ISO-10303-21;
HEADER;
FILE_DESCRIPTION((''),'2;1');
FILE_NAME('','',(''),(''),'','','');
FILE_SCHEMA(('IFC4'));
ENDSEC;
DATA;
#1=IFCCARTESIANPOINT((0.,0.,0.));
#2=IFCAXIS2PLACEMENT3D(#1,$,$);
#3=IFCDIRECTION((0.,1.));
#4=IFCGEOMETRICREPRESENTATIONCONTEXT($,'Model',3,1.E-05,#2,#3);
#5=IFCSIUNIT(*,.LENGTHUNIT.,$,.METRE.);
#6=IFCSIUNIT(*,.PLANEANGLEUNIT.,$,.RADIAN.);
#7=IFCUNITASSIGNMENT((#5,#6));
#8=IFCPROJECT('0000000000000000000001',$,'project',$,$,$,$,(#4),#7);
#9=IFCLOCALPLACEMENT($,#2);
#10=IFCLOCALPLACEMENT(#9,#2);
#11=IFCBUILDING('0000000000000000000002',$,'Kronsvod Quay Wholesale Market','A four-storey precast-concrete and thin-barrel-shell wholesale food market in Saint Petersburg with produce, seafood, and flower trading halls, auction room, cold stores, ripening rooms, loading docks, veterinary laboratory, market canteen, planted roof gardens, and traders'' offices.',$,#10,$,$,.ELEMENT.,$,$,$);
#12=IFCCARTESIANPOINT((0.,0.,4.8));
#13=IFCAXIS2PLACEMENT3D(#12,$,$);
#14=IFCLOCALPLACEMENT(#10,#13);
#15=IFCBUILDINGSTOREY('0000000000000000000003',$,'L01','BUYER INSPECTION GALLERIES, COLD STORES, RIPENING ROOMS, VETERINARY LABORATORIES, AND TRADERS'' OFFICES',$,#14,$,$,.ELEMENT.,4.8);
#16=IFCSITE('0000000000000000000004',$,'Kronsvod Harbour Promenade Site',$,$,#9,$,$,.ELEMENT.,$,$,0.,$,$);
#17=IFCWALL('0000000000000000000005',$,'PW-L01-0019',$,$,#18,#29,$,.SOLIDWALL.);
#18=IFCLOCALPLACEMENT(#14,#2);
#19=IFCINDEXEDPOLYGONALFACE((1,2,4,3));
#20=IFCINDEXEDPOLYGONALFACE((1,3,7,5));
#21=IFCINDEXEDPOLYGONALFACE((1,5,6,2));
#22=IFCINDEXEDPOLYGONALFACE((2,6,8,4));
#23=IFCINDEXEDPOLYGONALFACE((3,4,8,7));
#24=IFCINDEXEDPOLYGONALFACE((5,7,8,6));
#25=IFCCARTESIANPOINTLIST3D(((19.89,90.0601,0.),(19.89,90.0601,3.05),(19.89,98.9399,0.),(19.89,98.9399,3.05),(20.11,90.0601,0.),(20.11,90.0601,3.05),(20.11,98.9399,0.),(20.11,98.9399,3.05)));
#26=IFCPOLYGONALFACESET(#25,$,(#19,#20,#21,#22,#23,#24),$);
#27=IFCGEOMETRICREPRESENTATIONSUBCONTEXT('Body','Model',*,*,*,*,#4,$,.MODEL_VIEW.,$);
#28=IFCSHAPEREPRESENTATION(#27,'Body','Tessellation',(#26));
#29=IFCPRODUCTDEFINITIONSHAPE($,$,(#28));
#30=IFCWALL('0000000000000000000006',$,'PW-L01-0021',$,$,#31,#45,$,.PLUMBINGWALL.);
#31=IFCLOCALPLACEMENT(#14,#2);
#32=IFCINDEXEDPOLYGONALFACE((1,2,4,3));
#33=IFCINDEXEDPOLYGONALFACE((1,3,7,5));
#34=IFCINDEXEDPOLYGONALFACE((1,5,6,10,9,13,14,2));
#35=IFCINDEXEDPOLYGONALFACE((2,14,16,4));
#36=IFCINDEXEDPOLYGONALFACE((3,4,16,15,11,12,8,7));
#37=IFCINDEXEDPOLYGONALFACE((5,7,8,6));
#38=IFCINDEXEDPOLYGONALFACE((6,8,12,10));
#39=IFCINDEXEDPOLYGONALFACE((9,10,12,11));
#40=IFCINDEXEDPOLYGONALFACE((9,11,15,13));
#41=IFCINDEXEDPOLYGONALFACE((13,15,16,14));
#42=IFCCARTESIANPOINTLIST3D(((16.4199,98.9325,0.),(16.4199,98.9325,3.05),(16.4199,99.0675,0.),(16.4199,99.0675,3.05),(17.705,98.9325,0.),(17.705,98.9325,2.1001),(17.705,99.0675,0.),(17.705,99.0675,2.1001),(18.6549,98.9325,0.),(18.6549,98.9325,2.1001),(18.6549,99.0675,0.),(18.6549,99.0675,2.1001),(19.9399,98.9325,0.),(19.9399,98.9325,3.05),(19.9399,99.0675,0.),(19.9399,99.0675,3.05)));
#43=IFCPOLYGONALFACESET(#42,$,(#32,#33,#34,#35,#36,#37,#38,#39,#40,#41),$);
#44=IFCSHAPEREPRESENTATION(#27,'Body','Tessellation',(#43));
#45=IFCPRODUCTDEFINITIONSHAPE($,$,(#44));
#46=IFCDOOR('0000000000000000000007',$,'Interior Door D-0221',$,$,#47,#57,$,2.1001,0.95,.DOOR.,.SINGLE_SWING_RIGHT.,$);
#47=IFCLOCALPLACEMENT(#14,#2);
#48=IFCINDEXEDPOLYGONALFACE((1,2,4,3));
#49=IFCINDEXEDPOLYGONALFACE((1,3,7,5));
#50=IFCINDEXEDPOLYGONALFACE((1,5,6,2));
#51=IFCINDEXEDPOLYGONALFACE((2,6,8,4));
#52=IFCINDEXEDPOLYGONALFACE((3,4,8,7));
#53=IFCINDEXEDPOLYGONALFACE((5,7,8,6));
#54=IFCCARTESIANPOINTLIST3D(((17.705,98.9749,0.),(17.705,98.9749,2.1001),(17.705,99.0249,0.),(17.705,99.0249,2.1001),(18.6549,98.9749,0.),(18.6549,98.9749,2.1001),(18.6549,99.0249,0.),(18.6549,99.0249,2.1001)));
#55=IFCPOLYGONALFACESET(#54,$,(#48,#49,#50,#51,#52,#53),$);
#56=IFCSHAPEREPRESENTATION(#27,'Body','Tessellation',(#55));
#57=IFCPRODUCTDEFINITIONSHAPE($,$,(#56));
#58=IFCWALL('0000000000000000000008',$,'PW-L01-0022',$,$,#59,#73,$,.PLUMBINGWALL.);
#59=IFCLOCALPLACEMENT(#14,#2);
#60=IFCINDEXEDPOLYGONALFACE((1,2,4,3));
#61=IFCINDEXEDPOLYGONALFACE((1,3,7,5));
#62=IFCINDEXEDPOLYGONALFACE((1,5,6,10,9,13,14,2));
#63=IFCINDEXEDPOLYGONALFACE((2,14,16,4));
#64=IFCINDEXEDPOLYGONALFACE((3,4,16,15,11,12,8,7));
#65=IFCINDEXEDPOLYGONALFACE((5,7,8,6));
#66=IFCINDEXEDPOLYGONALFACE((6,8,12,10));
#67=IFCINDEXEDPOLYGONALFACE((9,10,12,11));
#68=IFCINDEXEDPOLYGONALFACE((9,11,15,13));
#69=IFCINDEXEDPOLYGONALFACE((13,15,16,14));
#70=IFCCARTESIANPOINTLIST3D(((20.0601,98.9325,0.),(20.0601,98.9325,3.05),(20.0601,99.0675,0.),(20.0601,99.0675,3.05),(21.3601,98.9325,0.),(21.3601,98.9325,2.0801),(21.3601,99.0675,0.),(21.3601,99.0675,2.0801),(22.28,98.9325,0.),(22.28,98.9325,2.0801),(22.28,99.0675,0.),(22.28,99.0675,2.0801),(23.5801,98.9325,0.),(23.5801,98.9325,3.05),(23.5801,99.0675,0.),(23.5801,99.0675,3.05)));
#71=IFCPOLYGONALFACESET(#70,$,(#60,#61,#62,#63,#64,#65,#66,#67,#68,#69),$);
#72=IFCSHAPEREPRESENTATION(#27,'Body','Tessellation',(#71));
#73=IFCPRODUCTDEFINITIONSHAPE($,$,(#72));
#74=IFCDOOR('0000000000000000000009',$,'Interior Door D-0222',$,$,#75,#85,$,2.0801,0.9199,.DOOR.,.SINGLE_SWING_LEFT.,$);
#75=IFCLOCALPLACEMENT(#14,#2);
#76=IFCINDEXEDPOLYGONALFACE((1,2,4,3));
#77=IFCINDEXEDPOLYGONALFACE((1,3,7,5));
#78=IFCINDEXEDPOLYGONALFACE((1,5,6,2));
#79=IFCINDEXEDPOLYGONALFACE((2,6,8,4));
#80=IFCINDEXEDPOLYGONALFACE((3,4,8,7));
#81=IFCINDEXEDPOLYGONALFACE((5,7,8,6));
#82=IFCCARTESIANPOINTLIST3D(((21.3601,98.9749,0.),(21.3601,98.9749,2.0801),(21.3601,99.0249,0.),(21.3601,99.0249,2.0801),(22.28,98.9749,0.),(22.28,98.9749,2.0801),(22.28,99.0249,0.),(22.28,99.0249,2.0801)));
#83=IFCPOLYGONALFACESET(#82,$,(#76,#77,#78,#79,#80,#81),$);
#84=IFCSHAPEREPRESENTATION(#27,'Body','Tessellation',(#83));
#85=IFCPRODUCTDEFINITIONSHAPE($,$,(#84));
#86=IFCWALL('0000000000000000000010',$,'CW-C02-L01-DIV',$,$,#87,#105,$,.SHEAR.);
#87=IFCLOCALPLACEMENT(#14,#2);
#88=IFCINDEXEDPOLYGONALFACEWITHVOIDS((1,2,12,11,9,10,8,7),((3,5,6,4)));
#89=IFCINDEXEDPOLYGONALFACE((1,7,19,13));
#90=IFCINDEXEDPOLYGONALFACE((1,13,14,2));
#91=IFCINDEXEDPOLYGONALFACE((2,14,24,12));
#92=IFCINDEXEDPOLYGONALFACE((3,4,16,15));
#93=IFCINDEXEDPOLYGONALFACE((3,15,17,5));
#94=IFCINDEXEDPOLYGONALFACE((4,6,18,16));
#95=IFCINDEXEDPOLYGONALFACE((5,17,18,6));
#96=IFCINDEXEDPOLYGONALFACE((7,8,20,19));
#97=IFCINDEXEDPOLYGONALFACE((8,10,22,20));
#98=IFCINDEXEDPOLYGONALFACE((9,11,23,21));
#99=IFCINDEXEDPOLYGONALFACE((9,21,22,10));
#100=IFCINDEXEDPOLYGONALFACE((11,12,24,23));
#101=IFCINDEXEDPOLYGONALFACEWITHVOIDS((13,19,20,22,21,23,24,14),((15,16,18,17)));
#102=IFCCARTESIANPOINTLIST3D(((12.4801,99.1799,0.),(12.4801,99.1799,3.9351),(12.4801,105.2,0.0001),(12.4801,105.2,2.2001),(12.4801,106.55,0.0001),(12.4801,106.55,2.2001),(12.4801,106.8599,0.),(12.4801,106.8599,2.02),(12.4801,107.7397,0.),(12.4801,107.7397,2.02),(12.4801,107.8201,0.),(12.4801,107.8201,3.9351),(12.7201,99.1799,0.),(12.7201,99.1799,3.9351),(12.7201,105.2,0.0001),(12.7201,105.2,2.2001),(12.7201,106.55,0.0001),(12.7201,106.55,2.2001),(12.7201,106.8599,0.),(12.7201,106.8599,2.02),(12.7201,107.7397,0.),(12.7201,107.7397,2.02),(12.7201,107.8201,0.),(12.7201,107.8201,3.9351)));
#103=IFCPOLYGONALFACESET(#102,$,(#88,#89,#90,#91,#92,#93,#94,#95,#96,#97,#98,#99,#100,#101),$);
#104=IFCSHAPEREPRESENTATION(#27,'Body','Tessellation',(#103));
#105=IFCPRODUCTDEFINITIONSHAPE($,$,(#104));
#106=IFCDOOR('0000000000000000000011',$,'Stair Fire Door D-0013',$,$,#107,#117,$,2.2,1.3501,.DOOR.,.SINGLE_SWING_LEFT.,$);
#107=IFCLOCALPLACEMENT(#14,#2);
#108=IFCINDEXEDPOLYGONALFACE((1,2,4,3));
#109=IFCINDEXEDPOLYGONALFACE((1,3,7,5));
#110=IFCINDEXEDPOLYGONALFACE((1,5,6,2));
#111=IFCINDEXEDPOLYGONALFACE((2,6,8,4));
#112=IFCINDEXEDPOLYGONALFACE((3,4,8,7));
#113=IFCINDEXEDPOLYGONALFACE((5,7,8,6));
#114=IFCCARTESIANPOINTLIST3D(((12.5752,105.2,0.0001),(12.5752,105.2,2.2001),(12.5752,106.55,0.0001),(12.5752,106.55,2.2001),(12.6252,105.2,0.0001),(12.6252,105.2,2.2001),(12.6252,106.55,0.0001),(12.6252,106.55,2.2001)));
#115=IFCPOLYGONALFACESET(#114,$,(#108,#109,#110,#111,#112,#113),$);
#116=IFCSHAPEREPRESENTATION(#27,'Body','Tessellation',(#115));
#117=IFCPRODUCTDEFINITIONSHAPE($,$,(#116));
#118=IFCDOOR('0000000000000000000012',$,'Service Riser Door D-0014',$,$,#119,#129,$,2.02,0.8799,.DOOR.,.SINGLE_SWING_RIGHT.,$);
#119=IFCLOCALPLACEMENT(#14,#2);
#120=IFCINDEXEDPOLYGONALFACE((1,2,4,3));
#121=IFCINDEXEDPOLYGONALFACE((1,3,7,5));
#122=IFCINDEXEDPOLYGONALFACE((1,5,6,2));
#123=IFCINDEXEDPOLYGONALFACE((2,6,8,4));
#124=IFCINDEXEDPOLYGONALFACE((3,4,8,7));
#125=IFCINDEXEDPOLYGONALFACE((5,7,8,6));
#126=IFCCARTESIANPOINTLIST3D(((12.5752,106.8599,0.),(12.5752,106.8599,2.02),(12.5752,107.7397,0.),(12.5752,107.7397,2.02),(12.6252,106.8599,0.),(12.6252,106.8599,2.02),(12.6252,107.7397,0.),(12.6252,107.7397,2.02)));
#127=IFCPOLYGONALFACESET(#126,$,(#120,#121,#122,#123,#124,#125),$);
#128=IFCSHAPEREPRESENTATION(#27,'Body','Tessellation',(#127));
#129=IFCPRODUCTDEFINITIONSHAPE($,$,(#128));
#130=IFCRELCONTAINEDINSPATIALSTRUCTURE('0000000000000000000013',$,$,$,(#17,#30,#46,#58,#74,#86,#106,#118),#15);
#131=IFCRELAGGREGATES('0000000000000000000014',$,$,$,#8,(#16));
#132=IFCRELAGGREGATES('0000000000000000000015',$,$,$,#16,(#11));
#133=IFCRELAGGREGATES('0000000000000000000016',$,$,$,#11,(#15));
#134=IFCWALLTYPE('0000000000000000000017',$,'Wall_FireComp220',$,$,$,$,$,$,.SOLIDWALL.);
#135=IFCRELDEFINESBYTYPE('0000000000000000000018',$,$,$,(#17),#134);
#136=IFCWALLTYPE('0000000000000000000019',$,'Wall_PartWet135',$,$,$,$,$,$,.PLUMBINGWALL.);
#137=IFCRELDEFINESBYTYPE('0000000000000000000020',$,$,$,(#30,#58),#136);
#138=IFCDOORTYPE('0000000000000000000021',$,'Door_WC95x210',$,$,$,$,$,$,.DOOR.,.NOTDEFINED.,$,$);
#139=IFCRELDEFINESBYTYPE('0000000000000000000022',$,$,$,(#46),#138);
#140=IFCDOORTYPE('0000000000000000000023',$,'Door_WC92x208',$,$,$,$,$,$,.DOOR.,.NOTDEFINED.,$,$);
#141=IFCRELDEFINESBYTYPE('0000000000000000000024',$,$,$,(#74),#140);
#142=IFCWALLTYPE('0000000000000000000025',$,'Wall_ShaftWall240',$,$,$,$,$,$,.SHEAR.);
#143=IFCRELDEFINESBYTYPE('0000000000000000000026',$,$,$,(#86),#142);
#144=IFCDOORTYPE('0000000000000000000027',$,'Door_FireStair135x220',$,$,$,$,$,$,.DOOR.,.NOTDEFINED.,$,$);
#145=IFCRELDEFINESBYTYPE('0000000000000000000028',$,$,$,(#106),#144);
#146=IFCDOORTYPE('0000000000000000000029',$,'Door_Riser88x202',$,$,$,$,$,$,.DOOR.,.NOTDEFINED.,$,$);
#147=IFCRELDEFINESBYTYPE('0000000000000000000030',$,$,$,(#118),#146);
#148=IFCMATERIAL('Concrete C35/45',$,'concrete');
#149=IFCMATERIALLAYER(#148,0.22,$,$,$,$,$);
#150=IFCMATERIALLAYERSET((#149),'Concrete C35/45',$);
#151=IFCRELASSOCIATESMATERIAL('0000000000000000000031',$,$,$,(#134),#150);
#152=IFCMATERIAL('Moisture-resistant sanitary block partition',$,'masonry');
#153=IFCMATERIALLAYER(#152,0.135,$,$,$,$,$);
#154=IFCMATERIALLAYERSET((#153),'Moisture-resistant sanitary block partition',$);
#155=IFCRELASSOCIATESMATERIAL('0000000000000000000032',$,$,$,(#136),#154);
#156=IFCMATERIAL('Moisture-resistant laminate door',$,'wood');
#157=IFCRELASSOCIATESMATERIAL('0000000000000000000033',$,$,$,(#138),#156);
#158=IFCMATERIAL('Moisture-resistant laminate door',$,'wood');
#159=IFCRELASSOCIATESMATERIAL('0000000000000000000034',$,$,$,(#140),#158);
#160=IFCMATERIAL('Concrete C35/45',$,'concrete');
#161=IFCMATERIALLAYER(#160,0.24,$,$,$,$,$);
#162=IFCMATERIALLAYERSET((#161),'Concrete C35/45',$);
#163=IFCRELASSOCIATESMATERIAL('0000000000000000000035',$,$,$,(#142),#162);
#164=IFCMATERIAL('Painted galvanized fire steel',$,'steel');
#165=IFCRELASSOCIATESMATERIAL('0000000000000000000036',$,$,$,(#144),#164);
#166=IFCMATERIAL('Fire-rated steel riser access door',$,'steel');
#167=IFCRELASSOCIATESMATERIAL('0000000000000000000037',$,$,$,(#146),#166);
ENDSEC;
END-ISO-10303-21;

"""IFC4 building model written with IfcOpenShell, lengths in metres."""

from ifc_helpers import new_model, si_unit, direction, frame, frame_2d, origin, place, context, subcontext, project, spatial, rectangle, extrude, material, layer, layer_set, type_object, element, fill, save


model = new_model("IFC4")

# Units and contexts
model_context = context("Model", 3, precision=1e-05, world=origin(), true_north=direction((0.0, 1.0)))
body_context = subcontext(model_context, "Body", "Model", "MODEL_VIEW")
ifc_project = project(units=[si_unit("LENGTHUNIT", "METRE"), si_unit("PLANEANGLEUNIT", "RADIAN")], contexts=[model_context])

# Site, building, storey
site_placement = place(None, origin())
site = spatial("IfcSite", under=ifc_project, at=site_placement, Name="Kronsvod Harbour Promenade Site", CompositionType="ELEMENT", RefElevation=0.0)
building_placement = place(site_placement, origin())
building = spatial("IfcBuilding", under=site, at=building_placement, Name="Kronsvod Quay Wholesale Market", Description="A four-storey precast-concrete and thin-barrel-shell wholesale food market in Saint Petersburg with produce, seafood, and flower trading halls, auction room, cold stores, ripening rooms, loading docks, veterinary laboratory, market canteen, planted roof gardens, and traders' offices.", CompositionType="ELEMENT")
storey_placement = place(building_placement, frame((0.0, 0.0, 4.8)))
storey = spatial("IfcBuildingStorey", under=building, at=storey_placement, Name="L01", Description="BUYER INSPECTION GALLERIES, COLD STORES, RIPENING ROOMS, VETERINARY LABORATORIES, AND TRADERS' OFFICES", CompositionType="ELEMENT", Elevation=4.8)

# Wall
ifc_material_1 = material(Name="Concrete C35/45", Category="concrete")
ifc_layer_1 = layer(ifc_material_1, 0.22)
ifc_layer_set_1 = layer_set([ifc_layer_1], Name="Concrete C35/45")
wall_type_1 = type_object("IfcWallType", Name="Wall_FireComp220", PredefinedType="SOLIDWALL", material=ifc_layer_set_1)
wall_1_placement = place(storey_placement, frame((20.0, 90.0601, 0.0), z_axis=(0.0, 0.0, 1.0), x_axis=(0.0, 1.0, 0.0)))
element("IfcWall", 1, at=wall_1_placement, inside=storey, type_object=wall_type_1, Name="PW-L01-0019", PredefinedType="SOLIDWALL", context=body_context, shape_type="SweptSolid", body=[
    extrude(rectangle(XDim=8.8799, YDim=0.22, at=frame_2d((4.4399, 0.0))), origin(), (0.0, 0.0, 1.0), 3.05),
])

# Walls, openings, doors
ifc_material_2 = material(Name="Moisture-resistant sanitary block partition", Category="masonry")
ifc_layer_2 = layer(ifc_material_2, 0.135)
ifc_layer_set_2 = layer_set([ifc_layer_2], Name="Moisture-resistant sanitary block partition")
wall_type_2 = type_object("IfcWallType", Name="Wall_PartWet135", PredefinedType="PLUMBINGWALL", material=ifc_layer_set_2)
wall_2_placement = place(storey_placement, frame((16.4199, 99.0, 0.0), z_axis=(0.0, 0.0, 1.0), x_axis=(1.0, 0.0, 0.0)))
wall_2 = element("IfcWall", 2, at=wall_2_placement, inside=storey, type_object=wall_type_2, Name="PW-L01-0021", PredefinedType="PLUMBINGWALL", context=body_context, shape_type="SweptSolid", body=[
    extrude(rectangle(XDim=3.52, YDim=0.135, at=frame_2d((1.76, 0.0))), origin(), (0.0, 0.0, 1.0), 3.05),
])
opening_1_placement = place(wall_2_placement, frame((1.2849, 0.0, 0.0)))
opening_1 = element("IfcOpeningElement", 3, at=opening_1_placement, cuts=wall_2, PredefinedType="OPENING", context=body_context, shape_type="SweptSolid", body=[
    extrude(rectangle(XDim=0.95, YDim=2.1001, at=frame_2d((0.4751, 1.05))), frame((0.0, 0.0776, 0.0), z_axis=(0.0, -1.0, 0.0), x_axis=(1.0, 0.0, 0.0)), (0.0, 0.0, 1.0), 0.155),
])
ifc_material_3 = material(Name="Moisture-resistant laminate door", Category="wood")
door_type_1 = type_object("IfcDoorType", Name="Door_WC95x210", OperationType="NOTDEFINED", PredefinedType="DOOR", material=ifc_material_3)
door_1_placement = place(opening_1_placement, origin())
door_1 = element("IfcDoor", 4, at=door_1_placement, inside=storey, type_object=door_type_1, Name="Interior Door D-0221", OperationType="SINGLE_SWING_RIGHT", OverallHeight=2.1001, OverallWidth=0.95, PredefinedType="DOOR", context=body_context, shape_type="SweptSolid", body=[
    extrude(rectangle(XDim=0.95, YDim=2.1001, at=frame_2d((0.4751, 1.05))), frame((0.0, 0.0249, 0.0), z_axis=(0.0, -1.0, 0.0), x_axis=(1.0, 0.0, 0.0)), (0.0, 0.0, 1.0), 0.05),
])
fill(opening_1, door_1)
wall_3_placement = place(storey_placement, frame((20.0601, 99.0, 0.0), z_axis=(0.0, 0.0, 1.0), x_axis=(1.0, 0.0, 0.0)))
wall_3 = element("IfcWall", 5, at=wall_3_placement, inside=storey, type_object=wall_type_2, Name="PW-L01-0022", PredefinedType="PLUMBINGWALL", context=body_context, shape_type="SweptSolid", body=[
    extrude(rectangle(XDim=3.52, YDim=0.135, at=frame_2d((1.76, 0.0))), origin(), (0.0, 0.0, 1.0), 3.05),
])
opening_2_placement = place(wall_3_placement, frame((1.3, 0.0, 0.0)))
opening_2 = element("IfcOpeningElement", 6, at=opening_2_placement, cuts=wall_3, PredefinedType="OPENING", context=body_context, shape_type="SweptSolid", body=[
    extrude(rectangle(XDim=0.9199, YDim=2.0801, at=frame_2d((0.46, 1.04))), frame((0.0, 0.0776, 0.0), z_axis=(0.0, -1.0, 0.0), x_axis=(1.0, 0.0, 0.0)), (0.0, 0.0, 1.0), 0.155),
])
ifc_material_4 = material(Name="Moisture-resistant laminate door", Category="wood")
door_type_2 = type_object("IfcDoorType", Name="Door_WC92x208", OperationType="NOTDEFINED", PredefinedType="DOOR", material=ifc_material_4)
door_2_placement = place(opening_2_placement, origin())
door_2 = element("IfcDoor", 7, at=door_2_placement, inside=storey, type_object=door_type_2, Name="Interior Door D-0222", OperationType="SINGLE_SWING_LEFT", OverallHeight=2.0801, OverallWidth=0.9199, PredefinedType="DOOR", context=body_context, shape_type="SweptSolid", body=[
    extrude(rectangle(XDim=0.9199, YDim=2.0801, at=frame_2d((0.46, 1.04))), frame((0.0, 0.0249, 0.0), z_axis=(0.0, -1.0, 0.0), x_axis=(1.0, 0.0, 0.0)), (0.0, 0.0, 1.0), 0.05),
])
fill(opening_2, door_2)

# Wall, openings, doors
ifc_material_5 = material(Name="Concrete C35/45", Category="concrete")
ifc_layer_3 = layer(ifc_material_5, 0.24)
ifc_layer_set_3 = layer_set([ifc_layer_3], Name="Concrete C35/45")
wall_type_3 = type_object("IfcWallType", Name="Wall_ShaftWall240", PredefinedType="SHEAR", material=ifc_layer_set_3)
wall_4_placement = place(storey_placement, frame((12.6001, 99.1799, 0.0), z_axis=(0.0, 0.0, 1.0), x_axis=(0.0, 1.0, 0.0)))
wall_4 = element("IfcWall", 8, at=wall_4_placement, inside=storey, type_object=wall_type_3, Name="CW-C02-L01-DIV", PredefinedType="SHEAR", context=body_context, shape_type="SweptSolid", body=[
    extrude(rectangle(XDim=8.6401, YDim=0.24, at=frame_2d((4.3201, 0.0))), origin(), (0.0, 0.0, 1.0), 3.9351),
])
opening_3_placement = place(wall_4_placement, frame((6.02, 0.0, 0.0)))
opening_3 = element("IfcOpeningElement", 9, at=opening_3_placement, cuts=wall_4, PredefinedType="OPENING", context=body_context, shape_type="SweptSolid", body=[
    extrude(rectangle(XDim=1.3501, YDim=2.2, at=frame_2d((0.675, 1.1001))), frame((0.0, 0.1299, 0.0), z_axis=(0.0, -1.0, 0.0), x_axis=(1.0, 0.0, 0.0)), (0.0, 0.0, 1.0), 0.26),
])
opening_4_placement = place(wall_4_placement, frame((7.6799, 0.0, 0.0)))
opening_4 = element("IfcOpeningElement", 10, at=opening_4_placement, cuts=wall_4, PredefinedType="OPENING", context=body_context, shape_type="SweptSolid", body=[
    extrude(rectangle(XDim=0.8799, YDim=2.02, at=frame_2d((0.4399, 1.01))), frame((0.0, 0.1299, 0.0), z_axis=(0.0, -1.0, 0.0), x_axis=(1.0, 0.0, 0.0)), (0.0, 0.0, 1.0), 0.26),
])
ifc_material_6 = material(Name="Painted galvanized fire steel", Category="steel")
door_type_3 = type_object("IfcDoorType", Name="Door_FireStair135x220", OperationType="NOTDEFINED", PredefinedType="DOOR", material=ifc_material_6)
door_3_placement = place(opening_3_placement, origin())
door_3 = element("IfcDoor", 11, at=door_3_placement, inside=storey, type_object=door_type_3, Name="Stair Fire Door D-0013", OperationType="SINGLE_SWING_LEFT", OverallHeight=2.2, OverallWidth=1.3501, PredefinedType="DOOR", context=body_context, shape_type="SweptSolid", body=[
    extrude(rectangle(XDim=1.3501, YDim=2.2, at=frame_2d((0.675, 1.1001))), frame((0.0, 0.0249, 0.0), z_axis=(0.0, -1.0, 0.0), x_axis=(1.0, 0.0, 0.0)), (0.0, 0.0, 1.0), 0.05),
])
fill(opening_3, door_3)
ifc_material_7 = material(Name="Fire-rated steel riser access door", Category="steel")
door_type_4 = type_object("IfcDoorType", Name="Door_Riser88x202", OperationType="NOTDEFINED", PredefinedType="DOOR", material=ifc_material_7)
door_4_placement = place(opening_4_placement, origin())
door_4 = element("IfcDoor", 12, at=door_4_placement, inside=storey, type_object=door_type_4, Name="Service Riser Door D-0014", OperationType="SINGLE_SWING_RIGHT", OverallHeight=2.02, OverallWidth=0.8799, PredefinedType="DOOR", context=body_context, shape_type="SweptSolid", body=[
    extrude(rectangle(XDim=0.8799, YDim=2.02, at=frame_2d((0.4399, 1.01))), frame((0.0, 0.0249, 0.0), z_axis=(0.0, -1.0, 0.0), x_axis=(1.0, 0.0, 0.0)), (0.0, 0.0, 1.0), 0.05),
])
fill(opening_4, door_4)

save(model, "model.ifc")
